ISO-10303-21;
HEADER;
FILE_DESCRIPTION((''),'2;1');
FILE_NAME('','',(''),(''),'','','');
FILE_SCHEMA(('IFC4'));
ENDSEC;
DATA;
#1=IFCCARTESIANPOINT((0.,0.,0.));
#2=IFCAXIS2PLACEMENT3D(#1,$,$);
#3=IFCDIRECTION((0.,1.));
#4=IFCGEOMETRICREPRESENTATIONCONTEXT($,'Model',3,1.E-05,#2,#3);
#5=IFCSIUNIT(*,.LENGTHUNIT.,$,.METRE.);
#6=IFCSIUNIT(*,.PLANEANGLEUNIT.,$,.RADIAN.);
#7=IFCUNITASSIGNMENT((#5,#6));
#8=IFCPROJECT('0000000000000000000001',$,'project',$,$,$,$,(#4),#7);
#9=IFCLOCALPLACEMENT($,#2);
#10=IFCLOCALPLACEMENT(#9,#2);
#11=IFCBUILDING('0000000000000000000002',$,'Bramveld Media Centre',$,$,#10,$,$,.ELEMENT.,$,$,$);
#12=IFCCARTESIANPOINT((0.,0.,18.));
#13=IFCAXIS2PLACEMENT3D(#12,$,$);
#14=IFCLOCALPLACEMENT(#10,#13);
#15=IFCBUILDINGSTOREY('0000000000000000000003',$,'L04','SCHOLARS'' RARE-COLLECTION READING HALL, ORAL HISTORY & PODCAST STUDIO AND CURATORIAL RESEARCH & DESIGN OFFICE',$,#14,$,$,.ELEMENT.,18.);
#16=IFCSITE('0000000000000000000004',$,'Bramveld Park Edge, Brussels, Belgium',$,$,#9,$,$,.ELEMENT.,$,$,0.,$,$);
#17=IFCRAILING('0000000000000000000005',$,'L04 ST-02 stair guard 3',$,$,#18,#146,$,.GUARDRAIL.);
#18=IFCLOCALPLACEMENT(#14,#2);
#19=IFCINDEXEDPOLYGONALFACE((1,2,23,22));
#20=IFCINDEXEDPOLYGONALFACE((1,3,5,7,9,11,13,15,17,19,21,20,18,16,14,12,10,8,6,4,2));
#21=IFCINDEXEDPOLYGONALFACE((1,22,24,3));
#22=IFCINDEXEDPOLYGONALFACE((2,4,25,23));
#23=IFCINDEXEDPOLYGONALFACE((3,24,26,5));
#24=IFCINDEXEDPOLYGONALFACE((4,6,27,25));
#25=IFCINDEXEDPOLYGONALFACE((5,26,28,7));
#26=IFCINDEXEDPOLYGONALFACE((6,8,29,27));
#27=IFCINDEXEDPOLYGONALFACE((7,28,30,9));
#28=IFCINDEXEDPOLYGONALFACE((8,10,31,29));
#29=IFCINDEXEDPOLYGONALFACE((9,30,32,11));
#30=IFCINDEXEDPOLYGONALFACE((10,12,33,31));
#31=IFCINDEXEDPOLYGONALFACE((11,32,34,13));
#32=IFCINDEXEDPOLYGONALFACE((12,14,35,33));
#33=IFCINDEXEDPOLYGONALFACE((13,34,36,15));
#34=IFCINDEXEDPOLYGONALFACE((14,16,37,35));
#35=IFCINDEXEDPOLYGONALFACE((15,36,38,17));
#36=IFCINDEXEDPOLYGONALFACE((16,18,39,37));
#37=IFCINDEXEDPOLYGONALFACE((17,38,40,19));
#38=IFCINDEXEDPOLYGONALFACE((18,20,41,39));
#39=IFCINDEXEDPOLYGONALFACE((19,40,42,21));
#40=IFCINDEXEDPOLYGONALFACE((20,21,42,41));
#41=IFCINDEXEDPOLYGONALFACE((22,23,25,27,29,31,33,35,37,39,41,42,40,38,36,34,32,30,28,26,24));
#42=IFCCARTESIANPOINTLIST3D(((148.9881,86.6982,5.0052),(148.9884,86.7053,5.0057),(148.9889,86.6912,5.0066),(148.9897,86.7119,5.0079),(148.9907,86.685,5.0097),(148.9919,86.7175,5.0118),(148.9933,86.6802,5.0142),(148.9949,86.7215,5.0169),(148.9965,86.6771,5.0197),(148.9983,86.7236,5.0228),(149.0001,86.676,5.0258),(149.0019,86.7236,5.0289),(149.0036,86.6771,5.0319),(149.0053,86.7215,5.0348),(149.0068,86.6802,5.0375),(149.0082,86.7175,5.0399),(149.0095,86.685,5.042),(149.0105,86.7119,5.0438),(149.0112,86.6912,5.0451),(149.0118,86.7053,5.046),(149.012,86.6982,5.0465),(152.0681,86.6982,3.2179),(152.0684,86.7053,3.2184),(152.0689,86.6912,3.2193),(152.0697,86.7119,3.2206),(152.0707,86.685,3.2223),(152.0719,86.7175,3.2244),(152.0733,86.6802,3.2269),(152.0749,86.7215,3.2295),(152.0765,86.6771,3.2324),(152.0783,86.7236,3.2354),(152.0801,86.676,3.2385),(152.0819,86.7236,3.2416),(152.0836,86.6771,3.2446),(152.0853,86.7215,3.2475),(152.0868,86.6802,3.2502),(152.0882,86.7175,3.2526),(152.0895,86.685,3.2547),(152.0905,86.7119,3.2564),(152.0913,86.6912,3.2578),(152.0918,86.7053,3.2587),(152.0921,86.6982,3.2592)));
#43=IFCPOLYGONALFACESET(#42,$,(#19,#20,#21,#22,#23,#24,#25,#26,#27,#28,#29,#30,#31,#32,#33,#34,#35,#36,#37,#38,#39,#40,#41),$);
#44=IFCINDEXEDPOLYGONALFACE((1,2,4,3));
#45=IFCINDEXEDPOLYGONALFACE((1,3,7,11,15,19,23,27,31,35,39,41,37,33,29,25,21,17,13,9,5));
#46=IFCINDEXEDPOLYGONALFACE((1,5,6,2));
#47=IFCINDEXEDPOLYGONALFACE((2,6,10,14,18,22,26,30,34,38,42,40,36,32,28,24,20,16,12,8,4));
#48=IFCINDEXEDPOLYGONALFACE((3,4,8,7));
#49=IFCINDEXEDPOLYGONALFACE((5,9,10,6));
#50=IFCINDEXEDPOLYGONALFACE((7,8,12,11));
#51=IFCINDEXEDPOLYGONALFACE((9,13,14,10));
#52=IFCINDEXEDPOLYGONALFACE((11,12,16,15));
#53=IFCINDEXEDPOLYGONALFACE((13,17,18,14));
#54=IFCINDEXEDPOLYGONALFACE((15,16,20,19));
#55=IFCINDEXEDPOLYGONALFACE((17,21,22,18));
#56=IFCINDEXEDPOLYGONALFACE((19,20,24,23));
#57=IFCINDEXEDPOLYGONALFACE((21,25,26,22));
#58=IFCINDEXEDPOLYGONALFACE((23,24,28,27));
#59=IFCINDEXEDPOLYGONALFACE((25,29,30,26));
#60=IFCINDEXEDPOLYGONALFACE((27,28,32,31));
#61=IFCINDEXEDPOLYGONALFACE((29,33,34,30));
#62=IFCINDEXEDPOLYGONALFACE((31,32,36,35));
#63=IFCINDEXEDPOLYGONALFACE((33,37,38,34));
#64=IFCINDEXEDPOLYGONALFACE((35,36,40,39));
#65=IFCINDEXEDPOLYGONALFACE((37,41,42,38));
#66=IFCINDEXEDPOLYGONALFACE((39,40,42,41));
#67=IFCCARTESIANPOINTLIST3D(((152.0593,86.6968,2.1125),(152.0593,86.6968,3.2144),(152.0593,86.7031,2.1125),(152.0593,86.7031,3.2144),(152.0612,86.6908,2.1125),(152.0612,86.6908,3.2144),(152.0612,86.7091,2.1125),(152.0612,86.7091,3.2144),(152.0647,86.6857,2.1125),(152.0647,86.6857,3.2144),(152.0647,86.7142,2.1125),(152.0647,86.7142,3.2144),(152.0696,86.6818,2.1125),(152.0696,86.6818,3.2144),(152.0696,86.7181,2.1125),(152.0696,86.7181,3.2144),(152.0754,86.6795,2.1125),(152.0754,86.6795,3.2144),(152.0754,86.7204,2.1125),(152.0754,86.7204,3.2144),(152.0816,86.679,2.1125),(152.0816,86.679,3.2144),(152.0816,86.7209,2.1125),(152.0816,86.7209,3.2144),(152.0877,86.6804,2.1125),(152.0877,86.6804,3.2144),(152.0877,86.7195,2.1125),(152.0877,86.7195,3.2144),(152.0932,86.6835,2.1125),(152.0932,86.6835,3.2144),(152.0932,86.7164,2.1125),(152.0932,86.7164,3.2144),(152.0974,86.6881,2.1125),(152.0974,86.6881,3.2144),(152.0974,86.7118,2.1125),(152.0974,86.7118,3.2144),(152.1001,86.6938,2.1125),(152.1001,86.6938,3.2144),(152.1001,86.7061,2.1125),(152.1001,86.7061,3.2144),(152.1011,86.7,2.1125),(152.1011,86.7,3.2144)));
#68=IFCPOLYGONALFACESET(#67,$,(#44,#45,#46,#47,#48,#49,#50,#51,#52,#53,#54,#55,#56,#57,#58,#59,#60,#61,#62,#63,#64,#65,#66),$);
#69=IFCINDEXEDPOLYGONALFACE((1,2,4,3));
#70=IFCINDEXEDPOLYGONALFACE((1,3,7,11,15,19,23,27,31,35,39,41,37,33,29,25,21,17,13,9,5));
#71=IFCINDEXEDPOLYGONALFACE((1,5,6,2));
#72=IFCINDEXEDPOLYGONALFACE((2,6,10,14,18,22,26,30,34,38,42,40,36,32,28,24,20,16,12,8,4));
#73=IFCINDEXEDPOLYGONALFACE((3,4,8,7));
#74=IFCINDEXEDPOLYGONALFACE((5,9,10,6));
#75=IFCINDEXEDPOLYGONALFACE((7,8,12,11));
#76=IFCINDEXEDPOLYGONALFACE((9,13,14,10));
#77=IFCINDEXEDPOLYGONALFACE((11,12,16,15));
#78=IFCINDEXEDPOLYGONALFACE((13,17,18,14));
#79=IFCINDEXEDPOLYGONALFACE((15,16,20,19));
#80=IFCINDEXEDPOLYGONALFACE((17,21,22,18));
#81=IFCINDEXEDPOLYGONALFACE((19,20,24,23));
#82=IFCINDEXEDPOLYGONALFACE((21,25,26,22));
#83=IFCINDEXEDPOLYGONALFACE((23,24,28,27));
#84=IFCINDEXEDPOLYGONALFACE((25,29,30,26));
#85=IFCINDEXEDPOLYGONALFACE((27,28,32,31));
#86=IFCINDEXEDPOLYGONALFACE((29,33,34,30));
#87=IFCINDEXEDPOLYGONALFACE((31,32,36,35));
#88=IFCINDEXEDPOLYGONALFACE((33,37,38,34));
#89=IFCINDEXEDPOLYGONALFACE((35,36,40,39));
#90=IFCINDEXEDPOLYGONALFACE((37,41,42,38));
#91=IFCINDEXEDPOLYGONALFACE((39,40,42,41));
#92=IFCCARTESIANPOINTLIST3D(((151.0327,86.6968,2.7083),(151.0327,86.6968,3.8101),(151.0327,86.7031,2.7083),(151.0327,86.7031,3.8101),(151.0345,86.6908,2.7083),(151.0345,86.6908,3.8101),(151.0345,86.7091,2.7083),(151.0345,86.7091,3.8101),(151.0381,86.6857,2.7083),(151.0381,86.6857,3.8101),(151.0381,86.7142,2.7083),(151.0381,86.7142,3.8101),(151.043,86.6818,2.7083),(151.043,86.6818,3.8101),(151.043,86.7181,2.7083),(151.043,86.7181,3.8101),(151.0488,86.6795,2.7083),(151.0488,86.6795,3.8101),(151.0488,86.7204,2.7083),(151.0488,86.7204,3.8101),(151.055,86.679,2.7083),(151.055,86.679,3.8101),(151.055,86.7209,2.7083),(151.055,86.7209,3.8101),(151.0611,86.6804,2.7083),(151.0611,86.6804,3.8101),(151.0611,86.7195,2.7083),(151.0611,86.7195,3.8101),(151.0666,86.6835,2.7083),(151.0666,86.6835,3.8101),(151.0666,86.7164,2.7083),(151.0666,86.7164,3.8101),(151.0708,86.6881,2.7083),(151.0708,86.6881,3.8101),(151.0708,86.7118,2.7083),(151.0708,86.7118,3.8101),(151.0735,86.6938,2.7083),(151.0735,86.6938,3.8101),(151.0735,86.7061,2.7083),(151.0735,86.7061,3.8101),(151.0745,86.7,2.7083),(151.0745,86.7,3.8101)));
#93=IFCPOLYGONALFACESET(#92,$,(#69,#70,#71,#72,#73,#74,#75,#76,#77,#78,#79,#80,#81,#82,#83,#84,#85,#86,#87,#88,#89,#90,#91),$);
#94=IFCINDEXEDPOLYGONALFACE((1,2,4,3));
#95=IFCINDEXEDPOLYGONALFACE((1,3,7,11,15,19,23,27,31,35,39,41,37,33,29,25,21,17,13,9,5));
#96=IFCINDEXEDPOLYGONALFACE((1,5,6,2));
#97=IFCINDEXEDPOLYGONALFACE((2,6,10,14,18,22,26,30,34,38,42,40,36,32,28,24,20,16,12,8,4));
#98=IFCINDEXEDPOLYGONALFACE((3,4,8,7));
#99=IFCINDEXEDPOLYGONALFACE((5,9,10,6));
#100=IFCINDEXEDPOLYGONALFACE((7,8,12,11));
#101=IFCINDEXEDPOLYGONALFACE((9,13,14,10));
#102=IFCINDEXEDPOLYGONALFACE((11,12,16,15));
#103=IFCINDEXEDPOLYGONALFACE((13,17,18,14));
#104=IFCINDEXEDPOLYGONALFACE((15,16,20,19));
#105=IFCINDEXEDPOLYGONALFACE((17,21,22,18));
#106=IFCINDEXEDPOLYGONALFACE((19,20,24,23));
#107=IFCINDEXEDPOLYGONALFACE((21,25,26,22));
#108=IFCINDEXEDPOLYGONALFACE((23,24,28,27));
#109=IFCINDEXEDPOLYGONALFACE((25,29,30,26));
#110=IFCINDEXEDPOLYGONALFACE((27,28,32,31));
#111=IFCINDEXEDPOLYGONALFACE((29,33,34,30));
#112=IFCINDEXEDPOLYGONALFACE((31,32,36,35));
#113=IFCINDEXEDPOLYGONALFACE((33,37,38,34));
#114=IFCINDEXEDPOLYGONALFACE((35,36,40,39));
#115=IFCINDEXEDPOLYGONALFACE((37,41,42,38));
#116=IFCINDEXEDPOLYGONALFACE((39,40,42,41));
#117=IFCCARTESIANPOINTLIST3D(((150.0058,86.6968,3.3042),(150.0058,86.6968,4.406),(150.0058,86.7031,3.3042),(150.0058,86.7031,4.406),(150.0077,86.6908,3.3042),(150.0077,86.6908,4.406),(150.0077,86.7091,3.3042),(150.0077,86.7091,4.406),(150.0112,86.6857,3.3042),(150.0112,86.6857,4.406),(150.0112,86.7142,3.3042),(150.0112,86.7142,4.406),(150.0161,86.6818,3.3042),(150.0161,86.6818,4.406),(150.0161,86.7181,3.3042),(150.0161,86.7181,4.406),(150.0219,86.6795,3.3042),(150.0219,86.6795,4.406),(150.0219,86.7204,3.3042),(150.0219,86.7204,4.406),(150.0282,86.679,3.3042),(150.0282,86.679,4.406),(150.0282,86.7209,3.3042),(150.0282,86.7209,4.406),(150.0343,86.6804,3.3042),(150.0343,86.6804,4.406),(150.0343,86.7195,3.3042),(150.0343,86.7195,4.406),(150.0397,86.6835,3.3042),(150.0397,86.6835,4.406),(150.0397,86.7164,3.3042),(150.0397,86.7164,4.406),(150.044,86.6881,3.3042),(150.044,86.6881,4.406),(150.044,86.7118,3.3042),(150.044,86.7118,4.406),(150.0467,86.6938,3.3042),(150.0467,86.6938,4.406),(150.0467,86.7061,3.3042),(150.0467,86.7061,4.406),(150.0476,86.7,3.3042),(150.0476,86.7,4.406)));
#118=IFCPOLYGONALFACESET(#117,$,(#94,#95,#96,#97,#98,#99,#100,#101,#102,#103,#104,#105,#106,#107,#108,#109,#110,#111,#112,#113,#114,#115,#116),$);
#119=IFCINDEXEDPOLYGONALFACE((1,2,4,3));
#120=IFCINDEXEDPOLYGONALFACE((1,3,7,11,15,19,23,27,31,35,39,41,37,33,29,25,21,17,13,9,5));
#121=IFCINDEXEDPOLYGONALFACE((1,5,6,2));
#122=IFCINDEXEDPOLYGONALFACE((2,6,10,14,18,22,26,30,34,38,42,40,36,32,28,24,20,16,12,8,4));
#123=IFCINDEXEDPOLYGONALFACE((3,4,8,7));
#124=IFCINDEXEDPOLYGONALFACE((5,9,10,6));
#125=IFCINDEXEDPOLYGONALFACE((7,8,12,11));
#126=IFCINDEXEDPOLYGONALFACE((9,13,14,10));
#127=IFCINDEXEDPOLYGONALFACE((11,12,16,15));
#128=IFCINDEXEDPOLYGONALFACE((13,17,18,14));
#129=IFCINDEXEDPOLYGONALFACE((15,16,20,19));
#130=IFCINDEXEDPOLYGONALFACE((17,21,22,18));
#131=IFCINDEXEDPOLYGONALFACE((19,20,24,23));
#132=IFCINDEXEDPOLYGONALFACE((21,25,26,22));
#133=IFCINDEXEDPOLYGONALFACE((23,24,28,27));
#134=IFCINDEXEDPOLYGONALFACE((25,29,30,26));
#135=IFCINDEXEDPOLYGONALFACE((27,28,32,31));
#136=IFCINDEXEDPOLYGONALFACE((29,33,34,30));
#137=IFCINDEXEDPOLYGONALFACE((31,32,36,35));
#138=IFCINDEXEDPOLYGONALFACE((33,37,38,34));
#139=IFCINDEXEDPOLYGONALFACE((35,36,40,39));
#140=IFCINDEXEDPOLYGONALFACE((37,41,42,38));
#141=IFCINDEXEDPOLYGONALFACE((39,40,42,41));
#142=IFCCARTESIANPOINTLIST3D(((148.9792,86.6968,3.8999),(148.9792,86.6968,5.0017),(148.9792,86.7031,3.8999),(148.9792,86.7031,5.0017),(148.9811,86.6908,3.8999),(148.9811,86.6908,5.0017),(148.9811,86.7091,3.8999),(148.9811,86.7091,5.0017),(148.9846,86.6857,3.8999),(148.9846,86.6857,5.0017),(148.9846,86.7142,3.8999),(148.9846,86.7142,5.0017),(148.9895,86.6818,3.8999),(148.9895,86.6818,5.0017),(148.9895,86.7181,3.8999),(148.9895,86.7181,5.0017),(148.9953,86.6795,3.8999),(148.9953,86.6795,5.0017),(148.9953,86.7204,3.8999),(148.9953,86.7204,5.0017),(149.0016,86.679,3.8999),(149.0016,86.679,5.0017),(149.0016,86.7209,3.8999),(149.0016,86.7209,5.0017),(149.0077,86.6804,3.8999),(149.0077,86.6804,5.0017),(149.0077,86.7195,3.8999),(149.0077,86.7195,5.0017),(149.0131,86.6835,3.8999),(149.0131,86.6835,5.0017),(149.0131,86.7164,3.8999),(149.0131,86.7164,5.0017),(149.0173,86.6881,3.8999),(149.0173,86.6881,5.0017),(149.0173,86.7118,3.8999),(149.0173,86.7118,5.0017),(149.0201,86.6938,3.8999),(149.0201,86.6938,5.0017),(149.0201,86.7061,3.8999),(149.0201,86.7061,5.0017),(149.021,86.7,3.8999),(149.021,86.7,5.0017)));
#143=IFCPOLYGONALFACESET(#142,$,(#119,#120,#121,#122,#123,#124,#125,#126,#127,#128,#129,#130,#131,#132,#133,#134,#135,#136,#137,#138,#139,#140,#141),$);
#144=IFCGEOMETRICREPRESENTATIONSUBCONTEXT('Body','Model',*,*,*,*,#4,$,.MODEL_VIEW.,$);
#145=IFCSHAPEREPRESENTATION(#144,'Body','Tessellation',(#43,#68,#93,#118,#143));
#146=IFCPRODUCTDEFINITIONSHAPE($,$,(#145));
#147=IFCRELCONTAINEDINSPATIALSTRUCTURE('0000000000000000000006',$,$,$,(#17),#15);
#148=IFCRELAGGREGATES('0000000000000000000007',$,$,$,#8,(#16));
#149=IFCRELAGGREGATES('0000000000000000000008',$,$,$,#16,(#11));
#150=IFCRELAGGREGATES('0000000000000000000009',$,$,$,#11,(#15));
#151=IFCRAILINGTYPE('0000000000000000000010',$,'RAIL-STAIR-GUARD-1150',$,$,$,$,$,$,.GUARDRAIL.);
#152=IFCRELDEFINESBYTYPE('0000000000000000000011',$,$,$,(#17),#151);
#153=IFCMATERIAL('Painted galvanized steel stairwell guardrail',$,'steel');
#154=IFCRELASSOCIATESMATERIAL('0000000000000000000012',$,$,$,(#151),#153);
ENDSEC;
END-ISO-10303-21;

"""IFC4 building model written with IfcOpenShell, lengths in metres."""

from ifc_helpers import new_model, si_unit, direction, frame, origin, origin_2d, place, context, subcontext, project, spatial, circle, extrude, material, type_object, element, save


model = new_model("IFC4")

# Units and contexts
model_context = context("Model", 3, precision=1e-05, world=origin(), true_north=direction((0.0, 1.0)))
body_context = subcontext(model_context, "Body", "Model", "MODEL_VIEW")
ifc_project = project(units=[si_unit("LENGTHUNIT", "METRE"), si_unit("PLANEANGLEUNIT", "RADIAN")], contexts=[model_context])

# Site, building, storey
site_placement = place(None, origin())
site = spatial("IfcSite", under=ifc_project, at=site_placement, Name="Bramveld Park Edge, Brussels, Belgium", CompositionType="ELEMENT", RefElevation=0.0)
building_placement = place(site_placement, origin())
building = spatial("IfcBuilding", under=site, at=building_placement, Name="Bramveld Media Centre", CompositionType="ELEMENT")
storey_placement = place(building_placement, frame((0.0, 0.0, 18.0)))
storey = spatial("IfcBuildingStorey", under=building, at=storey_placement, Name="L04", Description="SCHOLARS' RARE-COLLECTION READING HALL, ORAL HISTORY & PODCAST STUDIO AND CURATORIAL RESEARCH & DESIGN OFFICE", CompositionType="ELEMENT", Elevation=18.0)

# Railing
ifc_material_1 = material(Name="Painted galvanized steel stairwell guardrail", Category="steel")
railing_type_1 = type_object("IfcRailingType", Name="RAIL-STAIR-GUARD-1150", PredefinedType="GUARDRAIL", material=ifc_material_1)
railing_1_placement = place(storey_placement, frame((152.0801, 86.7, 2.1125)))
element("IfcRailing", 1, at=railing_1_placement, inside=storey, type_object=railing_type_1, Name="L04 ST-02 stair guard 3", PredefinedType="GUARDRAIL", context=body_context, shape_type="SweptSolid", body=[
    extrude(circle(Radius=0.0239, at=origin_2d()), frame((0.0, 0.0, 1.126), z_axis=(-0.86492, 0.0, 0.501909), x_axis=(0.0, -1.0, 0.0)), (0.0, 0.0, 1.0), 3.561),
    extrude(circle(Radius=0.021, at=origin_2d()), origin(), (0.0, 0.0, 1.0), 1.1018),
    extrude(circle(Radius=0.021, at=origin_2d()), frame((-1.0266, 0.0, 0.5957)), (0.0, 0.0, 1.0), 1.1018),
    extrude(circle(Radius=0.021, at=origin_2d()), frame((-2.0535, 0.0, 1.1917)), (0.0, 0.0, 1.0), 1.1018),
    extrude(circle(Radius=0.021, at=origin_2d()), frame((-3.0801, 0.0, 1.7874)), (0.0, 0.0, 1.0), 1.1018),
])

save(model, "model.ifc")
